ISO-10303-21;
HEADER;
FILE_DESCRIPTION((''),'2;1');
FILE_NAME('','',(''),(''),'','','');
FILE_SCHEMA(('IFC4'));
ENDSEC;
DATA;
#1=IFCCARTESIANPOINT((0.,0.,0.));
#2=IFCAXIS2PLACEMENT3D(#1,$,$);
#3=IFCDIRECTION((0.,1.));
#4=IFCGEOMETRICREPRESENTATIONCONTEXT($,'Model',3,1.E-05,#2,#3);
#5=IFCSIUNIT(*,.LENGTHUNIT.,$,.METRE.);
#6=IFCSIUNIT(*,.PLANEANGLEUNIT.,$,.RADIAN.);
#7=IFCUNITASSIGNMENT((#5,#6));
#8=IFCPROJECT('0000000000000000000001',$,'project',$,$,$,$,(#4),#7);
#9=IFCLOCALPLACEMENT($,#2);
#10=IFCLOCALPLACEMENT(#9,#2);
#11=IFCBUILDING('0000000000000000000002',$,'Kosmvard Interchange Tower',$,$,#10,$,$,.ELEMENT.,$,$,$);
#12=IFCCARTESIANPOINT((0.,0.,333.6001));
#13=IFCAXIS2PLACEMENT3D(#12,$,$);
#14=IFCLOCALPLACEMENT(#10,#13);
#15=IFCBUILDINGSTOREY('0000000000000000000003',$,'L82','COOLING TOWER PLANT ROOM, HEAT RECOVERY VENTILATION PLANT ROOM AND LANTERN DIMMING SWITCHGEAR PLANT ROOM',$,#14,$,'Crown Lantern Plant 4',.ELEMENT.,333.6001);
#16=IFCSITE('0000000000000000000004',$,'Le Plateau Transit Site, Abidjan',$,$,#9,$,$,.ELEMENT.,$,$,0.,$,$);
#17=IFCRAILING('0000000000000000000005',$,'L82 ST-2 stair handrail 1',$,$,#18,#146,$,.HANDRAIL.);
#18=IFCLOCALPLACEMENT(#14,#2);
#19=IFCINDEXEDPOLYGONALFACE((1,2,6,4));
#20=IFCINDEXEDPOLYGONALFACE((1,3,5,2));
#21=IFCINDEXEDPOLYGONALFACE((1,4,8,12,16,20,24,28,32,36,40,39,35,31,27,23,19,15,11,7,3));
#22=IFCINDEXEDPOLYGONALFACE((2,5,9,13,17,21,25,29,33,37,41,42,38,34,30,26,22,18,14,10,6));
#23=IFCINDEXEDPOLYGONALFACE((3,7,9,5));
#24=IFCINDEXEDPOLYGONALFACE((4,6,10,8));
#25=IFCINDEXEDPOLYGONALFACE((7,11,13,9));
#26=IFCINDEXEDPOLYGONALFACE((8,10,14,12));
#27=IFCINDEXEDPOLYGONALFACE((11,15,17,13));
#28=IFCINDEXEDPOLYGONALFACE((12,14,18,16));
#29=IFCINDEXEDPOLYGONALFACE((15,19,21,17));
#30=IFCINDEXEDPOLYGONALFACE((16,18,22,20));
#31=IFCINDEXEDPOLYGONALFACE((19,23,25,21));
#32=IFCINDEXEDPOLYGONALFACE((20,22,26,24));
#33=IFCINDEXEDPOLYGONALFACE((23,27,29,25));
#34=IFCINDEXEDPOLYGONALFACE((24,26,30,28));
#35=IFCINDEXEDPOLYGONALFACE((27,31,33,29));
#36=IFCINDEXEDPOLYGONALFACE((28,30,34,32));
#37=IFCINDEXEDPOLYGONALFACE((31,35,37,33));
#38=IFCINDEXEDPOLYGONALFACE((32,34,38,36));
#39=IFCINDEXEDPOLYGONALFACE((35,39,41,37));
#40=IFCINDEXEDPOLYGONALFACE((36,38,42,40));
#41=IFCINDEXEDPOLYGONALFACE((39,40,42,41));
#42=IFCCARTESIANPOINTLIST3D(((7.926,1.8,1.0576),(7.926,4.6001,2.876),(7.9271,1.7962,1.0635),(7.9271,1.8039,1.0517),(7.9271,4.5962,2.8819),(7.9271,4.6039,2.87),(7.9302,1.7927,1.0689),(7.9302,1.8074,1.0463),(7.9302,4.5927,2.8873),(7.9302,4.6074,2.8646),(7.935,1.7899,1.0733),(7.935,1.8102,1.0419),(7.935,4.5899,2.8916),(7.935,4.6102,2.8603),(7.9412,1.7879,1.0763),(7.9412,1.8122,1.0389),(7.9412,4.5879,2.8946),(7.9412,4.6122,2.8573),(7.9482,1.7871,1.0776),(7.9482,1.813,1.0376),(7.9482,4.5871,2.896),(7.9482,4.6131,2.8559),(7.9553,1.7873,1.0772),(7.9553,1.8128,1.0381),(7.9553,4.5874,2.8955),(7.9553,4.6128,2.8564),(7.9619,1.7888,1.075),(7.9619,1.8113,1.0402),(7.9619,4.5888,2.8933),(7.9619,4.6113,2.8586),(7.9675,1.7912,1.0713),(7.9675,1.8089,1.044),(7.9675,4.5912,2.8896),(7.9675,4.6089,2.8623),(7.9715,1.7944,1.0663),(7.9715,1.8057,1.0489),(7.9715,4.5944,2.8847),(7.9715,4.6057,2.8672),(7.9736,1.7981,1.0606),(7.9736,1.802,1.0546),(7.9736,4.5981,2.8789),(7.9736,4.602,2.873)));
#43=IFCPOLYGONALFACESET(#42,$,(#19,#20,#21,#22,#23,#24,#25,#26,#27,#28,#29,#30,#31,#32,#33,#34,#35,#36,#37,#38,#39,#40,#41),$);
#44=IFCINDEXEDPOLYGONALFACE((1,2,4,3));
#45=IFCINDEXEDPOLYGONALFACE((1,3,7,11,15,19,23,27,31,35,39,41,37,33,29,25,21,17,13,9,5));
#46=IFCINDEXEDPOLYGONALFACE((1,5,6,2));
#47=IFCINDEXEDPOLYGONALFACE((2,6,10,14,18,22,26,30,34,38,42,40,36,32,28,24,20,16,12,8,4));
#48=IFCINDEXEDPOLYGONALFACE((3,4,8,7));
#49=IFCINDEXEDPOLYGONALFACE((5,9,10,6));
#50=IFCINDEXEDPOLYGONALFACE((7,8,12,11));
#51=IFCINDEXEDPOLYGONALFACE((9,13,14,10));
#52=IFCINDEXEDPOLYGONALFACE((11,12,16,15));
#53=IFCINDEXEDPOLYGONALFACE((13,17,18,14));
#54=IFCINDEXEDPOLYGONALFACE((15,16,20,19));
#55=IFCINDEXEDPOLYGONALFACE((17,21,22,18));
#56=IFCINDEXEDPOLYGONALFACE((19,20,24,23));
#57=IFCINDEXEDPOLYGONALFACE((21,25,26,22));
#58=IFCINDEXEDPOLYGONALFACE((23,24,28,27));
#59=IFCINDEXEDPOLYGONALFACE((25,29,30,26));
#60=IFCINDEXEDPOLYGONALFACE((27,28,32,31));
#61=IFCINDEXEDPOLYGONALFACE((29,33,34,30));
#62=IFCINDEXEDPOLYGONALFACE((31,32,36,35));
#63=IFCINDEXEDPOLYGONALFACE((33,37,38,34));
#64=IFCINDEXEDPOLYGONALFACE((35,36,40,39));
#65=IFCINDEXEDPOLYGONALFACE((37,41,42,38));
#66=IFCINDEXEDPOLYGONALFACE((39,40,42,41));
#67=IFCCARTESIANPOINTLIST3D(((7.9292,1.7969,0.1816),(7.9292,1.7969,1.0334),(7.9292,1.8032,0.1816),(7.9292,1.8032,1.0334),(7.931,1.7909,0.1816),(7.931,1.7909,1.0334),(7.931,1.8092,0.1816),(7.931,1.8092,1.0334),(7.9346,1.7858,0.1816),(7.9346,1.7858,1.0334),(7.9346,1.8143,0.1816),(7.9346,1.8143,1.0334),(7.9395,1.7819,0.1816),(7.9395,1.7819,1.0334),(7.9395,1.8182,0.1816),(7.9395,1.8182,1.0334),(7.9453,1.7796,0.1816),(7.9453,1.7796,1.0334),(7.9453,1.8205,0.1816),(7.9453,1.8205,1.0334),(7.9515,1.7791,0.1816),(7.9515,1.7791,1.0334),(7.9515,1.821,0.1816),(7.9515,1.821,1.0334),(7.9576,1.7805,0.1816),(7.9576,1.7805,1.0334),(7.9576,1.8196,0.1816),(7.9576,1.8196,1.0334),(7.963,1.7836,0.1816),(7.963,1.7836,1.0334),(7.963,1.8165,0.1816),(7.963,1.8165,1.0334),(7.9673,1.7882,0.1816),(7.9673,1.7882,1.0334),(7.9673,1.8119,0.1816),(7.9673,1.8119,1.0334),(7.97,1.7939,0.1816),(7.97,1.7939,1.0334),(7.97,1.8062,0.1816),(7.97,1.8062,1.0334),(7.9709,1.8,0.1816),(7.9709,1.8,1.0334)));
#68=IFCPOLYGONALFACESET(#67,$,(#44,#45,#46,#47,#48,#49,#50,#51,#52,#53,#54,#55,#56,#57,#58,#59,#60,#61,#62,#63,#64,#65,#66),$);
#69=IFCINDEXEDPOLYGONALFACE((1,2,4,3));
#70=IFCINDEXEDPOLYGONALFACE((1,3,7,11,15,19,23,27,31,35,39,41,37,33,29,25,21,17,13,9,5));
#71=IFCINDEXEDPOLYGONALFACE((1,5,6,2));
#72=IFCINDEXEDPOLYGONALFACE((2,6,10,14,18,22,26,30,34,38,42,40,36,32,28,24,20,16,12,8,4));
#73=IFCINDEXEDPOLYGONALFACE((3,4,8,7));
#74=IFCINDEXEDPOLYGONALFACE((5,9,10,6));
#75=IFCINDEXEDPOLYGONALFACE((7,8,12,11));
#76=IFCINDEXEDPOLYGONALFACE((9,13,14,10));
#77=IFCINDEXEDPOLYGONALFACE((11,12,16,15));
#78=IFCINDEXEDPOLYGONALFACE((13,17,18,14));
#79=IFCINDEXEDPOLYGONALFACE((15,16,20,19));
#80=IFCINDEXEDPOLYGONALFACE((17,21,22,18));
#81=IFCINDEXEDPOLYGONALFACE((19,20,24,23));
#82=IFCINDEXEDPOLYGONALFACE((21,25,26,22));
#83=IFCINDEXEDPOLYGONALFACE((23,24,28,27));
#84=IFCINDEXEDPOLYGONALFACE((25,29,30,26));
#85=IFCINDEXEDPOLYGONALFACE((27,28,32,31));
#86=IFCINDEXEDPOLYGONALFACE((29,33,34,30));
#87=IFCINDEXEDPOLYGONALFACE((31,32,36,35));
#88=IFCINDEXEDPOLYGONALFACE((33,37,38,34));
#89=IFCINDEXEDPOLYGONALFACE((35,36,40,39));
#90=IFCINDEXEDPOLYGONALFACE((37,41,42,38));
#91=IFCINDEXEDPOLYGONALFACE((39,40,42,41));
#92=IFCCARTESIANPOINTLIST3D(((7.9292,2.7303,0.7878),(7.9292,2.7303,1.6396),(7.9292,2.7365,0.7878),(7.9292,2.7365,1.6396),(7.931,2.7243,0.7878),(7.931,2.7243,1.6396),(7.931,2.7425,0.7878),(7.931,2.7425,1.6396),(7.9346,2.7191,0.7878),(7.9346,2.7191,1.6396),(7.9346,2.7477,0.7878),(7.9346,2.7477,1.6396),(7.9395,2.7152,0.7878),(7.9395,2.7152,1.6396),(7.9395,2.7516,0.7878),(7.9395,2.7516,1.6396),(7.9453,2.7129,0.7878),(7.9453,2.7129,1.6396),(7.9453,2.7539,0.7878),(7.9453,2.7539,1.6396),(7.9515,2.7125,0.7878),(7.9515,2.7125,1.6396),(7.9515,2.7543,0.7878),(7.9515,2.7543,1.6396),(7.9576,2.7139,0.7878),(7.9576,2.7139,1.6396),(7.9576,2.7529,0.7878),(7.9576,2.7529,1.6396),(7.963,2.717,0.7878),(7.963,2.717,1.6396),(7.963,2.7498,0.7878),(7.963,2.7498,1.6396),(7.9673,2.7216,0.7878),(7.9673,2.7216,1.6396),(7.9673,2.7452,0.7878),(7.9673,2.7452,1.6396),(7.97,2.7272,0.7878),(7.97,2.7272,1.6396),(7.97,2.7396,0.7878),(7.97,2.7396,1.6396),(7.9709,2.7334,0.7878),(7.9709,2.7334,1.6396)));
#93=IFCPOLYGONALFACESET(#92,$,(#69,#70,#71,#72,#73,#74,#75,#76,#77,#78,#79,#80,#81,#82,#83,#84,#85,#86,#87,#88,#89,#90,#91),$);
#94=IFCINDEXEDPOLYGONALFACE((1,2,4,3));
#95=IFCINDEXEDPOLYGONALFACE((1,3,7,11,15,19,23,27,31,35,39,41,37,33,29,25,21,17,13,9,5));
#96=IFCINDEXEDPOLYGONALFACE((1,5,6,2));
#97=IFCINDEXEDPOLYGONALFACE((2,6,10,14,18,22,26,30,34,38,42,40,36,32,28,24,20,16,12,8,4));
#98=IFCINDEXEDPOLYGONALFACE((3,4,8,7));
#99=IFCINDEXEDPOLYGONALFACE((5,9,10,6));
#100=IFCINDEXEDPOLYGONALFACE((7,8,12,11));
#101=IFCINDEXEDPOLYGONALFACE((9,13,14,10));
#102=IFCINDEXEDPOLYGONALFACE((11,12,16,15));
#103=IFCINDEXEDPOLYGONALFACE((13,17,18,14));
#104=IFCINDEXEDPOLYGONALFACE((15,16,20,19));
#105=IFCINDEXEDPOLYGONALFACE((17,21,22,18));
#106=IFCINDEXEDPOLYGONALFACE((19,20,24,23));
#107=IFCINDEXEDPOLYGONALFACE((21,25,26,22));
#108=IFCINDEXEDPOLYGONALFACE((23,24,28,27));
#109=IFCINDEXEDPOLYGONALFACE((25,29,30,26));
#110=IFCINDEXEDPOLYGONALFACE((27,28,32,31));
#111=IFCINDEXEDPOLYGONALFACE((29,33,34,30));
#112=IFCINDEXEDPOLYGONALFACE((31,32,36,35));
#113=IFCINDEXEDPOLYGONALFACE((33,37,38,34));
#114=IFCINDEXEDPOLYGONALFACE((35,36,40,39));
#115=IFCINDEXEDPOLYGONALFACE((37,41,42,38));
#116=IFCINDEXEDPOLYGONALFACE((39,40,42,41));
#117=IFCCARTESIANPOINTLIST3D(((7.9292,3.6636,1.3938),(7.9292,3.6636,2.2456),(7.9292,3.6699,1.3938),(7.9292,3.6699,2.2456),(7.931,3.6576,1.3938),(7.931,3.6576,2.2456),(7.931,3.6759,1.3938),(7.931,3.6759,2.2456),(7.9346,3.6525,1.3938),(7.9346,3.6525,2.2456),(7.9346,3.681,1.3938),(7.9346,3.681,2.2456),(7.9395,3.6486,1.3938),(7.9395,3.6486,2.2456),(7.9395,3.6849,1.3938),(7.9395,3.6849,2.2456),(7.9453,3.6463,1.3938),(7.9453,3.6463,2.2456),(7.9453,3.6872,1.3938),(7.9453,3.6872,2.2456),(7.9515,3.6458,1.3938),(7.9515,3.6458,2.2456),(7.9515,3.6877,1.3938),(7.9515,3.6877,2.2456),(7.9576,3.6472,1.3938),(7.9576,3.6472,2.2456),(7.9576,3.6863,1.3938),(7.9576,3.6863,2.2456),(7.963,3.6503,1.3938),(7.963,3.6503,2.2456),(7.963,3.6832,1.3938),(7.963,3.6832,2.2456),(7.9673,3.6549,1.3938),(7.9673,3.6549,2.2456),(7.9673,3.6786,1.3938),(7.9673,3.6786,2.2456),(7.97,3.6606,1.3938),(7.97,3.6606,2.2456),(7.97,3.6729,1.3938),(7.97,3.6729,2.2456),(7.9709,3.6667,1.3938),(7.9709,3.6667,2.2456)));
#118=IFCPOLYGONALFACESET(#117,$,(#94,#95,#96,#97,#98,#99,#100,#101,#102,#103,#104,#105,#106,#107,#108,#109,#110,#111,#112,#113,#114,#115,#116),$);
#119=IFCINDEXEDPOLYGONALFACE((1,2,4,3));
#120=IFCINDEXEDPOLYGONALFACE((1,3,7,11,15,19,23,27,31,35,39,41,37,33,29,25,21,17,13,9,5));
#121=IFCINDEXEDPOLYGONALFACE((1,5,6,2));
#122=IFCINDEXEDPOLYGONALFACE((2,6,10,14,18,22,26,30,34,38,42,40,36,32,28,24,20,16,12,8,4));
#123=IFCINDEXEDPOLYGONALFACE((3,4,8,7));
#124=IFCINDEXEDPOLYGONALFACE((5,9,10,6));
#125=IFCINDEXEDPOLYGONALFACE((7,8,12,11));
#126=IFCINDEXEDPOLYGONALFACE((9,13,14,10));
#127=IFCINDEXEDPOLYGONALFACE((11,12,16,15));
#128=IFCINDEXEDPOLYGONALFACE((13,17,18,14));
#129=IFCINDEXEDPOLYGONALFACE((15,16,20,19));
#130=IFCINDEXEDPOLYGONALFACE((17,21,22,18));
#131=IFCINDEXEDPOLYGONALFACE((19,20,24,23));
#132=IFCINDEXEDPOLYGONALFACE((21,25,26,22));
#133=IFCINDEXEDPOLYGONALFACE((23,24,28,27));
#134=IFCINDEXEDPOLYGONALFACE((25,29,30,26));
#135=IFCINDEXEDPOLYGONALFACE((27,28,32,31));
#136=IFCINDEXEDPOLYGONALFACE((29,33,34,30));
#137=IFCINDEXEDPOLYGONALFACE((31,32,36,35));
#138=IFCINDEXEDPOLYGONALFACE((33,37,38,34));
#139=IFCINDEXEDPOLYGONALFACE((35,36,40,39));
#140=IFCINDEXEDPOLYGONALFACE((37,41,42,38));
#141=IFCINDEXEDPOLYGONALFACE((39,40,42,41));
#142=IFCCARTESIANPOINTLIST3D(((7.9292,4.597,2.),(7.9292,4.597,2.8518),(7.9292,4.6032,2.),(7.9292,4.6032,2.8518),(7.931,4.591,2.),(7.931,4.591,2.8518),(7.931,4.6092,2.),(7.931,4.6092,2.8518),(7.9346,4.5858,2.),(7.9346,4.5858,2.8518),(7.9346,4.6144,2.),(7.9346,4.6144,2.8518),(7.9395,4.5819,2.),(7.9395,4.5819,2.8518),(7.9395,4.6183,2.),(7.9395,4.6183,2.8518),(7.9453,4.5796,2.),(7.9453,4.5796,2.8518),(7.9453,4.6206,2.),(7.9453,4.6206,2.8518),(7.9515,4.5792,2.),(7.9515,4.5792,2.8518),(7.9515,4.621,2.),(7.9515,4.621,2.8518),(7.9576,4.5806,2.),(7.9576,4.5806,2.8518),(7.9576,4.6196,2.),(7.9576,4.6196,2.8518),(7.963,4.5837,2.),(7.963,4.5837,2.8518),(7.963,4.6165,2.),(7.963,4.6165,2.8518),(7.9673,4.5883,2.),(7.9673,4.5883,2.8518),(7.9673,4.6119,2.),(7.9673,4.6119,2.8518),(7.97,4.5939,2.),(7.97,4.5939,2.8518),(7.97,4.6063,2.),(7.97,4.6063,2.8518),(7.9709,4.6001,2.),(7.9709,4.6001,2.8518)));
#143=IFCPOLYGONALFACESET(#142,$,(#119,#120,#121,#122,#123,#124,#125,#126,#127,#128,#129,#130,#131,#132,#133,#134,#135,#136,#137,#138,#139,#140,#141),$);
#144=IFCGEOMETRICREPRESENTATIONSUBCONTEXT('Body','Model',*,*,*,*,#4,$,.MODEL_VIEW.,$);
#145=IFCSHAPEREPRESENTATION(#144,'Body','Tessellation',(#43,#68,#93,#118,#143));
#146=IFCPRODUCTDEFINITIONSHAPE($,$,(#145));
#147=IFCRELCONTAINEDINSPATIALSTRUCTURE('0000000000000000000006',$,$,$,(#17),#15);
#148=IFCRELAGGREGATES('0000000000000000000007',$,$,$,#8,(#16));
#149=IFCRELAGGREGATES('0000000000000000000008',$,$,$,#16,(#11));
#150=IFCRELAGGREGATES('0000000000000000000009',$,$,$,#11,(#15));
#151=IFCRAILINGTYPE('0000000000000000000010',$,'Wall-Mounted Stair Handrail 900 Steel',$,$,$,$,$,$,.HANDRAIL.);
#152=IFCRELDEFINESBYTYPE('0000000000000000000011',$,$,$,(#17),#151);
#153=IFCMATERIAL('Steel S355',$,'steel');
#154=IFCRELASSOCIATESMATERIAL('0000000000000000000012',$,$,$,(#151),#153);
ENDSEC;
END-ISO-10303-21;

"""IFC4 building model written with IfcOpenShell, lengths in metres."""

from ifc_helpers import new_model, si_unit, direction, frame, origin, origin_2d, place, context, subcontext, project, spatial, circle, extrude, source, transform, mapped, material, type_object, element, save


model = new_model("IFC4")

# Units and contexts
model_context = context("Model", 3, precision=1e-05, world=origin(), true_north=direction((0.0, 1.0)))
body_context = subcontext(model_context, "Body", "Model", "MODEL_VIEW")
ifc_project = project(units=[si_unit("LENGTHUNIT", "METRE"), si_unit("PLANEANGLEUNIT", "RADIAN")], contexts=[model_context])

# Site, building, storey
site_placement = place(None, origin())
site = spatial("IfcSite", under=ifc_project, at=site_placement, Name="Le Plateau Transit Site, Abidjan", CompositionType="ELEMENT", RefElevation=0.0)
building_placement = place(site_placement, origin())
building = spatial("IfcBuilding", under=site, at=building_placement, Name="Kosmvard Interchange Tower", CompositionType="ELEMENT")
storey_placement = place(building_placement, frame((0.0, 0.0, 333.6001)))
storey = spatial("IfcBuildingStorey", under=building, at=storey_placement, Name="L82", Description="COOLING TOWER PLANT ROOM, HEAT RECOVERY VENTILATION PLANT ROOM AND LANTERN DIMMING SWITCHGEAR PLANT ROOM", LongName="Crown Lantern Plant 4", CompositionType="ELEMENT", Elevation=333.6001)

# Shared definitions
ifc_material_1 = material(Name="Steel S355", Category="steel")

# Railing
railing_type_1 = type_object("IfcRailingType", Name="Wall-Mounted Stair Handrail 900 Steel", PredefinedType="HANDRAIL", material=ifc_material_1)
shared_shape_1 = source(origin(), body_context, "Body", "SweptSolid", [
    extrude(circle(Radius=0.0239, at=origin_2d()), frame((0.0, 0.0, 0.876), z_axis=(0.0, 0.838672, 0.544636), x_axis=(-1.0, 0.0, 0.0)), (0.0, 0.0, 1.0), 3.3386),
    extrude(circle(Radius=0.021, at=origin_2d()), origin(), (0.0, 0.0, 1.0), 0.8518),
    extrude(circle(Radius=0.021, at=origin_2d()), frame((0.0, 0.9333, 0.6062)), (0.0, 0.0, 1.0), 0.8518),
    extrude(circle(Radius=0.021, at=origin_2d()), frame((0.0, 1.8667, 1.2122)), (0.0, 0.0, 1.0), 0.8518),
    extrude(circle(Radius=0.021, at=origin_2d()), frame((0.0, 2.8, 1.8184)), (0.0, 0.0, 1.0), 0.8518),
])
railing_1_placement = place(storey_placement, frame((7.95, 1.8, 0.1816)))
element("IfcRailing", 1, at=railing_1_placement, inside=storey, type_object=railing_type_1, Name="L82 ST-2 stair handrail 1", PredefinedType="HANDRAIL", context=body_context, shape_type="MappedRepresentation", body=[
    mapped(shared_shape_1, transform((0.0, 0.0, 0.0), scale=1.0)),
])

save(model, "model.ifc")
